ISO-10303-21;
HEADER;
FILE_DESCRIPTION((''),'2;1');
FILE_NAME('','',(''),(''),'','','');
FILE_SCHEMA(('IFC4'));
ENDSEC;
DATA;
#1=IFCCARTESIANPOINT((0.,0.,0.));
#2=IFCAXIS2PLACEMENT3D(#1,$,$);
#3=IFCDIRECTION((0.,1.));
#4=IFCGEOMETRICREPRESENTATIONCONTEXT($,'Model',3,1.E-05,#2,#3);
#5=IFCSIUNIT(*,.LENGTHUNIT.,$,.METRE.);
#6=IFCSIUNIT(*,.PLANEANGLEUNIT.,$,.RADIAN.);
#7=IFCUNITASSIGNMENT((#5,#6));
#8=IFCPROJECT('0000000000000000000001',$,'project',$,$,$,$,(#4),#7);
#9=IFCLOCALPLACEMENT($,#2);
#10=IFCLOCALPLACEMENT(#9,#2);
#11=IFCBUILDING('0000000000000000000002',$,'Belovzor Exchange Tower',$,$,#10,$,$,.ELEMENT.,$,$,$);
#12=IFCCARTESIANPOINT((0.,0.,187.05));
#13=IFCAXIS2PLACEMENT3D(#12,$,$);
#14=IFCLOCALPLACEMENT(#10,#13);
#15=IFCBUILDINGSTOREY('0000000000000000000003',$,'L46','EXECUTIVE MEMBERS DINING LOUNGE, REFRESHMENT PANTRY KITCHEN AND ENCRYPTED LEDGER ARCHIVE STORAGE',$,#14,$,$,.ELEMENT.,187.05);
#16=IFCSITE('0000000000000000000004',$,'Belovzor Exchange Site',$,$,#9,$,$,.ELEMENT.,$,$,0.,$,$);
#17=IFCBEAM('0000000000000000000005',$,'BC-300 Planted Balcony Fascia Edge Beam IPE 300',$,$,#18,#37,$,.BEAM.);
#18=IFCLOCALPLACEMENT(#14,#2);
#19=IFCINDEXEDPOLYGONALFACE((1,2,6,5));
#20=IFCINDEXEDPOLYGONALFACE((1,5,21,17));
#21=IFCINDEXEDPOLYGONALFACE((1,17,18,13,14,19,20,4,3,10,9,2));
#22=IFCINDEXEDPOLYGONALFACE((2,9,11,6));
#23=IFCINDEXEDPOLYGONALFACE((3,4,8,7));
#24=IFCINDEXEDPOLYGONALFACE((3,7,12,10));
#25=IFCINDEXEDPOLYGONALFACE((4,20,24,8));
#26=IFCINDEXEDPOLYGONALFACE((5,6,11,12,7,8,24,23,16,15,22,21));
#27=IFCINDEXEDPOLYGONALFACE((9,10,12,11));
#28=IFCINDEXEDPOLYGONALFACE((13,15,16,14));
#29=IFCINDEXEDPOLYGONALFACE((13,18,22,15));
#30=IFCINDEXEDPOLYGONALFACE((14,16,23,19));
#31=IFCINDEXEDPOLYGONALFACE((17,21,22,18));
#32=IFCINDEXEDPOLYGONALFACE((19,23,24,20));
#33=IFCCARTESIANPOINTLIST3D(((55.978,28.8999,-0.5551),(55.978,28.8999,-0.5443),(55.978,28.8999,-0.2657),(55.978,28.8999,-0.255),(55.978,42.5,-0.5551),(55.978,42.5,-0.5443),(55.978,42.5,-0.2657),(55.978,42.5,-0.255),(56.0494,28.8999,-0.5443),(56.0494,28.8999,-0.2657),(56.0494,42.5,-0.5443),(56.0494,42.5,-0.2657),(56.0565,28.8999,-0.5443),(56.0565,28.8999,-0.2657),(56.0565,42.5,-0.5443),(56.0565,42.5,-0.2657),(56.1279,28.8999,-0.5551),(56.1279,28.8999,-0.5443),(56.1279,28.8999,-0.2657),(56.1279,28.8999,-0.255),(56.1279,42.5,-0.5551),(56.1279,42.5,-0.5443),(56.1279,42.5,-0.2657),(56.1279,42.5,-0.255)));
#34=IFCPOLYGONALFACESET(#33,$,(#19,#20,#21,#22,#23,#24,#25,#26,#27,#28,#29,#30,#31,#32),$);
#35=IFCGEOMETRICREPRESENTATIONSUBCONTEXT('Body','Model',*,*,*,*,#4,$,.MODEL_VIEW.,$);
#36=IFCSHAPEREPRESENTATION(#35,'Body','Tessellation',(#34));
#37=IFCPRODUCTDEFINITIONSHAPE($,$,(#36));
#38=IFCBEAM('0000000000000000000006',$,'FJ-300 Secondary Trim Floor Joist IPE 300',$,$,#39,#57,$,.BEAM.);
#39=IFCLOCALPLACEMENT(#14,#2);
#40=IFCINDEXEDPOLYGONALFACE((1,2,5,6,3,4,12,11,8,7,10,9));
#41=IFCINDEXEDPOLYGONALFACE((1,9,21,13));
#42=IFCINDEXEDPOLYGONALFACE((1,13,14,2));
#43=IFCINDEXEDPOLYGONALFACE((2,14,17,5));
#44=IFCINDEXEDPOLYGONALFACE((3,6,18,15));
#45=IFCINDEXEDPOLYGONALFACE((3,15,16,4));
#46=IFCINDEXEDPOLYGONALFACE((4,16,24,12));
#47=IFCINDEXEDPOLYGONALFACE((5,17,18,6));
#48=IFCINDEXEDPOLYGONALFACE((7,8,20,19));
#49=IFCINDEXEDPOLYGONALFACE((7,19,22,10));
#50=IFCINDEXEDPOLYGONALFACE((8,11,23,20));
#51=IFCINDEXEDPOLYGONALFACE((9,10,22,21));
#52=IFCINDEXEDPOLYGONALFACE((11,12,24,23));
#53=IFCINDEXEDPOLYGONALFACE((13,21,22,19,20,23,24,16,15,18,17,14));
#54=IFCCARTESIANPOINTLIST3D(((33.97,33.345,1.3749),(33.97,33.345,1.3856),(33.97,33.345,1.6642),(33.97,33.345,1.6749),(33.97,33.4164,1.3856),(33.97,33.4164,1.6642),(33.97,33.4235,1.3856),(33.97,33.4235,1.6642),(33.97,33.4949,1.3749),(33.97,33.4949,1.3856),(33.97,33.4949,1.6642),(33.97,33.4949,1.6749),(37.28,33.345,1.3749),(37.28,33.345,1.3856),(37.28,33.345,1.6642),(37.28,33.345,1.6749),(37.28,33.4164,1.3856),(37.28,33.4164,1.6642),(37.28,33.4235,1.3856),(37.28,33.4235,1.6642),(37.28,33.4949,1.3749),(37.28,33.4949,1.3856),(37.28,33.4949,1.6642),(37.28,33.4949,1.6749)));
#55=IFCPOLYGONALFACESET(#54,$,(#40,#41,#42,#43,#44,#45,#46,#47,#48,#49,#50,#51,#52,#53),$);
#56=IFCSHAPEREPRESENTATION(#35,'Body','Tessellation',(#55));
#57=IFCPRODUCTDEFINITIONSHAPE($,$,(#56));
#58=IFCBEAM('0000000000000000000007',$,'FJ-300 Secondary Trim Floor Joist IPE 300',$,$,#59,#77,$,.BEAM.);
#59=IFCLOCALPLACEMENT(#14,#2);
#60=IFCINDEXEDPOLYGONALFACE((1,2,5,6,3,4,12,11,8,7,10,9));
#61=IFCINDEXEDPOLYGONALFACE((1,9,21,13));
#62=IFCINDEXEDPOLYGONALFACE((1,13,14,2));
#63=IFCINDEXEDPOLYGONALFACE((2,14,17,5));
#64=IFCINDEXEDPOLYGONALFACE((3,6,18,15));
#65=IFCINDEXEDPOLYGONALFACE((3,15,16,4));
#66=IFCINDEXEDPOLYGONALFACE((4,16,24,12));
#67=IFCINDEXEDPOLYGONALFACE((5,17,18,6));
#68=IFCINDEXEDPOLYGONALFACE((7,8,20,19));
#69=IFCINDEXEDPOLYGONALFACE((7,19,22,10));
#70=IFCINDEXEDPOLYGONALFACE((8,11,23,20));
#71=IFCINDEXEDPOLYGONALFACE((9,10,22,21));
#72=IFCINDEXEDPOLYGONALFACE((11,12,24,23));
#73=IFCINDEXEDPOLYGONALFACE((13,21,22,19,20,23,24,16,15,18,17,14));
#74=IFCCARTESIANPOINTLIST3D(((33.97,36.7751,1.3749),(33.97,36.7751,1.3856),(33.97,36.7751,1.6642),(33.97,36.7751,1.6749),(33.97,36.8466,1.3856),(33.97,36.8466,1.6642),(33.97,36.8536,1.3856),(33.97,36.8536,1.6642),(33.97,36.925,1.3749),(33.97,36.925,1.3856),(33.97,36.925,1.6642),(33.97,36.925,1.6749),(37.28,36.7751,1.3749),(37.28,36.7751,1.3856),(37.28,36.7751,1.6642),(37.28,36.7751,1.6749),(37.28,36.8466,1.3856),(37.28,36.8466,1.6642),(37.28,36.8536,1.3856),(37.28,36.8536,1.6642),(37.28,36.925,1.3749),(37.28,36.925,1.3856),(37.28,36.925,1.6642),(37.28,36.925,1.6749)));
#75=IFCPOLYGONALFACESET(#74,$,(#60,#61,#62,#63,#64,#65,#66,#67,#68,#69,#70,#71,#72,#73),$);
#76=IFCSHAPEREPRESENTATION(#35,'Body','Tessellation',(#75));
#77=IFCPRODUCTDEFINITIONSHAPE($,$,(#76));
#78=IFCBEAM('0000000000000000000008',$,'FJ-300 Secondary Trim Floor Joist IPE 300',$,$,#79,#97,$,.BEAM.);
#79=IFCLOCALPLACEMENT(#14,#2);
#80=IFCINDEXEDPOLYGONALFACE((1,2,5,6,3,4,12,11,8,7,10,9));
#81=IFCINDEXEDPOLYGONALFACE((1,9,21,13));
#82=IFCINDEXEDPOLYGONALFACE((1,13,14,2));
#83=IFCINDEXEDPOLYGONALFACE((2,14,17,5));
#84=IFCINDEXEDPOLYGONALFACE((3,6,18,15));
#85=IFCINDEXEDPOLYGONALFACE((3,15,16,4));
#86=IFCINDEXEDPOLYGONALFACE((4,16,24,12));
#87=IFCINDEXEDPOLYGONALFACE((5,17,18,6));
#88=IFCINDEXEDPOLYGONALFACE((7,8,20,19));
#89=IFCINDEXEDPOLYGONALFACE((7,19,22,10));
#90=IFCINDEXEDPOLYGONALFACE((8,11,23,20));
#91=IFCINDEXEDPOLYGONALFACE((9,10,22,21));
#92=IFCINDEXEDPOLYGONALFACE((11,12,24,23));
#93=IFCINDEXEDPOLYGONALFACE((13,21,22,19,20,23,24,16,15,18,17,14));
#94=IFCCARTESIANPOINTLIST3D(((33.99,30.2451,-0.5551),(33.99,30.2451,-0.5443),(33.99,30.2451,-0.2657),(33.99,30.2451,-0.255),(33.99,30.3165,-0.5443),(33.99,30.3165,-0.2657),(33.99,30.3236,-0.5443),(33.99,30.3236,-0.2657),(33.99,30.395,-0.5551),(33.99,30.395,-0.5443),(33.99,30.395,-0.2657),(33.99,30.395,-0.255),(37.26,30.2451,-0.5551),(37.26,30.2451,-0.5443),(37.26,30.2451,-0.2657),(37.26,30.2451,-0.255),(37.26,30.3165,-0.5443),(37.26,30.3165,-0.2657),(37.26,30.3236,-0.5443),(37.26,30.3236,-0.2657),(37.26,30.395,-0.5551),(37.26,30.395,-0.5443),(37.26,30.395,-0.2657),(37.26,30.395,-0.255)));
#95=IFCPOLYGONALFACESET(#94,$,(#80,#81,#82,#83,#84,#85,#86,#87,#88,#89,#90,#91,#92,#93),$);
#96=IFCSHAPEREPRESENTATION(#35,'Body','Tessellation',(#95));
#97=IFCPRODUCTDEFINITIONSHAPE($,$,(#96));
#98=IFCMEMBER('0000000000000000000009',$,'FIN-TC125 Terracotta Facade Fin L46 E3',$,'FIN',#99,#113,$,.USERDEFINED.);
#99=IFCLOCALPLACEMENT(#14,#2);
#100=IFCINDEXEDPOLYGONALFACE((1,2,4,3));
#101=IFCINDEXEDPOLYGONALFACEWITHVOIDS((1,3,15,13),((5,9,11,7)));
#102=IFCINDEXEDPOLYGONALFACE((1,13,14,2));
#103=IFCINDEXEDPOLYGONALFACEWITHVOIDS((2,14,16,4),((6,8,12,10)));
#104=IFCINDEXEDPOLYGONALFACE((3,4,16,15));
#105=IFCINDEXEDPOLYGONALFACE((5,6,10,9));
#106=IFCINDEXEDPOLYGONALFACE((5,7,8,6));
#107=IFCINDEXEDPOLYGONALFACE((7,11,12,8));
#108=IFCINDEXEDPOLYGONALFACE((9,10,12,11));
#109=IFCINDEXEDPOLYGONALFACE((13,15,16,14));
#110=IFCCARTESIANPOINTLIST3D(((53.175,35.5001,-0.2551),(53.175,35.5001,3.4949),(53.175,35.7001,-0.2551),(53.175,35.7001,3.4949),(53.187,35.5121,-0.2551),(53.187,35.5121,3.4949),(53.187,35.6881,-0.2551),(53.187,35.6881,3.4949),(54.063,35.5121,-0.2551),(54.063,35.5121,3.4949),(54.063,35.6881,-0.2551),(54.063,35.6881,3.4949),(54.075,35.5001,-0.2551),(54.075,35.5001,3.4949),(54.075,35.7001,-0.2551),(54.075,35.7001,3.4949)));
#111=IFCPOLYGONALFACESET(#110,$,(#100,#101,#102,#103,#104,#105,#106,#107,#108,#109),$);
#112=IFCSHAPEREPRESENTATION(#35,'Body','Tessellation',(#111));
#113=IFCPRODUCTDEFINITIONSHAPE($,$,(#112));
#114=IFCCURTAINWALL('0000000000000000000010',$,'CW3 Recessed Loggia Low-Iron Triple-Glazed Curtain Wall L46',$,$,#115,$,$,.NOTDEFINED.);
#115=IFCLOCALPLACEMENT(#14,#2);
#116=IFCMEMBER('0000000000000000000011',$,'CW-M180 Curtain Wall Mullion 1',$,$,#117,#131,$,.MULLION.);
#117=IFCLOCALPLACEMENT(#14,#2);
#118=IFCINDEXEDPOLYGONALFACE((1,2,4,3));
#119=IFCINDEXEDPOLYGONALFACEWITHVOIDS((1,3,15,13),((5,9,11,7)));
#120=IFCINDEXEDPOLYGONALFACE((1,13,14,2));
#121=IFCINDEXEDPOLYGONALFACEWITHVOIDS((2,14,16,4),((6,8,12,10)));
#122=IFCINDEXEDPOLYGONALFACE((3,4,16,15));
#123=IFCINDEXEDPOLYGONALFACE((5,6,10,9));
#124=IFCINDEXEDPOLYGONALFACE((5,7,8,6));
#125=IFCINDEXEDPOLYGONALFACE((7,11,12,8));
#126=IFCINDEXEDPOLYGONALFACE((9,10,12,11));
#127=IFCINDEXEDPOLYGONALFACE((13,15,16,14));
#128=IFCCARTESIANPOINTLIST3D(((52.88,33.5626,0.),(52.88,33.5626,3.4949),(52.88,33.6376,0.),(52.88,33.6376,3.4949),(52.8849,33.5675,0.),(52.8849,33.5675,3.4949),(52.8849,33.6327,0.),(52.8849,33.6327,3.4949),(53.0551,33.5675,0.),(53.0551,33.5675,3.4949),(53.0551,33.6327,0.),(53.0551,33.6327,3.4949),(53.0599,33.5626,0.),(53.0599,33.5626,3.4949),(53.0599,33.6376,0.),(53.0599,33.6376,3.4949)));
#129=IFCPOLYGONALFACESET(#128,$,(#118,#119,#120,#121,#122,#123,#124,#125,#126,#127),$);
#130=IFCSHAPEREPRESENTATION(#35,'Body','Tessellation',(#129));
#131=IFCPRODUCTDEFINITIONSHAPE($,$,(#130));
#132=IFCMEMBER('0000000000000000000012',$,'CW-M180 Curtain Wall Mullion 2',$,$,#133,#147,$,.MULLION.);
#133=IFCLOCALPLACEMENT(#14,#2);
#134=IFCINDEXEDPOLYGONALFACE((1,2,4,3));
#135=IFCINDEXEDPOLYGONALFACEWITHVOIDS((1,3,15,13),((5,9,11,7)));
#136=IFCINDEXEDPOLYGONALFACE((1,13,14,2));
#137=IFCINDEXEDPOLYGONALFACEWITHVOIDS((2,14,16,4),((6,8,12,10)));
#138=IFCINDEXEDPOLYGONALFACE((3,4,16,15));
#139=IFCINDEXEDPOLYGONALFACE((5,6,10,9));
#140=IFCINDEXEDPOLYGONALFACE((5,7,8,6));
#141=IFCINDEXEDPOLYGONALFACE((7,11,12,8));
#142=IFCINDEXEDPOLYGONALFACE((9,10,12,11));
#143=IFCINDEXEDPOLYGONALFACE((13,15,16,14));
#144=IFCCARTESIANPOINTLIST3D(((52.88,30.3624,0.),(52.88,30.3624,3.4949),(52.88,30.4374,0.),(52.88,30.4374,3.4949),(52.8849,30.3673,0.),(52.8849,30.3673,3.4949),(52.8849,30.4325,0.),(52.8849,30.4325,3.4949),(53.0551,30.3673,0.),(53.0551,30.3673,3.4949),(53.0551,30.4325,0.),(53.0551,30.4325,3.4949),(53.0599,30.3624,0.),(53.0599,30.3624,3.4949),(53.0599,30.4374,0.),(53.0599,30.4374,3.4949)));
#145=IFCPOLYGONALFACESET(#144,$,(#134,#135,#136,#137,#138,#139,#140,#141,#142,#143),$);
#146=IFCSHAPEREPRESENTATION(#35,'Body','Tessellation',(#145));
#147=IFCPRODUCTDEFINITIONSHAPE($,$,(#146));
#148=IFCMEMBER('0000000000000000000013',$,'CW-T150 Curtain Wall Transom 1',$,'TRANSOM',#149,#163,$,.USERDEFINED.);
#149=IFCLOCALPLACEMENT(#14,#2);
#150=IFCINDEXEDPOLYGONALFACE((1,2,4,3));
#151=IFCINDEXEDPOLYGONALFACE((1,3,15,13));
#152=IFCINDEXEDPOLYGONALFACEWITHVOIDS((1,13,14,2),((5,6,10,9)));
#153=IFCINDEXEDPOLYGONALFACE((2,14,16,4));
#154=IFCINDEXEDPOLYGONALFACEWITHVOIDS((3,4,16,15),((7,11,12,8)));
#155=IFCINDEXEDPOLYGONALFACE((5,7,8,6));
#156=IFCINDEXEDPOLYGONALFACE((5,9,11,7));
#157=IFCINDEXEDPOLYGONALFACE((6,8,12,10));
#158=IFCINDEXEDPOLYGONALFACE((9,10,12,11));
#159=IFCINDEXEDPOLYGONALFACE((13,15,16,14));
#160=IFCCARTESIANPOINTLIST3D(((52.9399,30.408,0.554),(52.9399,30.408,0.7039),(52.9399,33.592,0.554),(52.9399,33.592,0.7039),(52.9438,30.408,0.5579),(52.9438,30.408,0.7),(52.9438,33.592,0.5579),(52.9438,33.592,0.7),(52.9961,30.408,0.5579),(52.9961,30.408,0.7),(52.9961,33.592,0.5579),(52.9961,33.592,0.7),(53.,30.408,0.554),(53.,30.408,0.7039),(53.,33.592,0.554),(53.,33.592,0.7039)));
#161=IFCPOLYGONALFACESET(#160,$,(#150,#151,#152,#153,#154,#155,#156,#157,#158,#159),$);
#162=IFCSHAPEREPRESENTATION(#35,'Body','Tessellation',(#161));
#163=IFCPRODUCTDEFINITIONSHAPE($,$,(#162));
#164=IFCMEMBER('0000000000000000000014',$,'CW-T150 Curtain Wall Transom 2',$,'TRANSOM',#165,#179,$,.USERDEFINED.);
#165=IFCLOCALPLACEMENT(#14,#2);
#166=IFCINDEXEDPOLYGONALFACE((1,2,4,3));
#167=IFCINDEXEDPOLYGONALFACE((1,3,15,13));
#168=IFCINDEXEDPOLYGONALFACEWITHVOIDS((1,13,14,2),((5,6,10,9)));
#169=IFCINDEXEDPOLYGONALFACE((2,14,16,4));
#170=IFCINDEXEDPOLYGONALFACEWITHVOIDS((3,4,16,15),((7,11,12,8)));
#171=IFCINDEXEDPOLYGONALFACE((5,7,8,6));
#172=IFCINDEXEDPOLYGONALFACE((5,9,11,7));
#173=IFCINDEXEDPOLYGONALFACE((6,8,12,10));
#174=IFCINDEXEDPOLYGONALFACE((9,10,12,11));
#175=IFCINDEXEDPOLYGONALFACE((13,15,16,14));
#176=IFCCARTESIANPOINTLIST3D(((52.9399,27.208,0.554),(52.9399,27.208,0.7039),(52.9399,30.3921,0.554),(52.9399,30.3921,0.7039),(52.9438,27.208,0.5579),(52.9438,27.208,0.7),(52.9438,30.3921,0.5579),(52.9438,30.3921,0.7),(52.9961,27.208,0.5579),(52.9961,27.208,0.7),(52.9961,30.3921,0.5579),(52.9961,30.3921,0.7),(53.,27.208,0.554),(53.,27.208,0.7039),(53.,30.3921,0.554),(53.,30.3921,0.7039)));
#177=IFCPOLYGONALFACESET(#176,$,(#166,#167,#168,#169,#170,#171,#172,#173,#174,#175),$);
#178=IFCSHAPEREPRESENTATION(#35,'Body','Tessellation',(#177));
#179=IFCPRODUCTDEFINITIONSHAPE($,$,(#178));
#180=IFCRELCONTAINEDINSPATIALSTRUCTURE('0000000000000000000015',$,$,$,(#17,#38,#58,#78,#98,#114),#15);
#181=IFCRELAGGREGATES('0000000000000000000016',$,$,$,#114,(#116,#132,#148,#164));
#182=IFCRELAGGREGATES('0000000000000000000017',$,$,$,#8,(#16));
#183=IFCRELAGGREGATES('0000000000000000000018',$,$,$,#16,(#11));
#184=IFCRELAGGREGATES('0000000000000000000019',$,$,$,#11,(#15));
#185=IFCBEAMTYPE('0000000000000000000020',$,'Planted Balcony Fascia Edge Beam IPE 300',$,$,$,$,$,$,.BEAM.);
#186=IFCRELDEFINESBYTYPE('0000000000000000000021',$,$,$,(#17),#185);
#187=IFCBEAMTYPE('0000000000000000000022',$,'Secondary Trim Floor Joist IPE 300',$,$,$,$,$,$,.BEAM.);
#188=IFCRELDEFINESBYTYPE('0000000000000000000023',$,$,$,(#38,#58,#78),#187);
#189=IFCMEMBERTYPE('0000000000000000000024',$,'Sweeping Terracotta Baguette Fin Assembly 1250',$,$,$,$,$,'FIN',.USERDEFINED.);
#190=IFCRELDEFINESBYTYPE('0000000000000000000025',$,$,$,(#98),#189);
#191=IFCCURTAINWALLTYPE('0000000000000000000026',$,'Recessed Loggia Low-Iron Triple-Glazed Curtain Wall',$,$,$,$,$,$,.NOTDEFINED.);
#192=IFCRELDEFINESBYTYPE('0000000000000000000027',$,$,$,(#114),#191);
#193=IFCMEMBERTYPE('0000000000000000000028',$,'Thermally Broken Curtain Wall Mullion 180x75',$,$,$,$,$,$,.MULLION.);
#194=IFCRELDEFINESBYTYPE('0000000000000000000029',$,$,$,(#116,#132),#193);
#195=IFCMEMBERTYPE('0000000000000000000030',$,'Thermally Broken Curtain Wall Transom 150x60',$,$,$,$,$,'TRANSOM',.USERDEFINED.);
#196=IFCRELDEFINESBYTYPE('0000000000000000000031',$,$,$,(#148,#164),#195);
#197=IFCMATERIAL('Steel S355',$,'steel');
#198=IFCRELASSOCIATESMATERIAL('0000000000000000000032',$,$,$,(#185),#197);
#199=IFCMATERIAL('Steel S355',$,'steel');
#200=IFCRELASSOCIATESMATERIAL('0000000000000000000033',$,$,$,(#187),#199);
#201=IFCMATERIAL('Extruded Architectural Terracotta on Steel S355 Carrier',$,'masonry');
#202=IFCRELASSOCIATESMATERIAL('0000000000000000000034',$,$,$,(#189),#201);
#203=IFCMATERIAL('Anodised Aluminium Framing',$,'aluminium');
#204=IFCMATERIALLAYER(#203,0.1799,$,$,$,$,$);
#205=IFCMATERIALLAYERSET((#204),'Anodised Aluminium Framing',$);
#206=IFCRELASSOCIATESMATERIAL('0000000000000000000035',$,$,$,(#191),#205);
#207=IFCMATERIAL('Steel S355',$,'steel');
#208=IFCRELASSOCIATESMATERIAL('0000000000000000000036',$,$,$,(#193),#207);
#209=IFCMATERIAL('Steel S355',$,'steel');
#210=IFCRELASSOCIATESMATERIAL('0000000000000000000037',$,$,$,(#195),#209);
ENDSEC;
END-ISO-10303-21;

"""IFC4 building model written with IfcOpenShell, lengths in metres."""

from ifc_helpers import new_model, si_unit, direction, frame, origin, origin_2d, place, context, subcontext, project, spatial, hollow_rectangle, i_section, extrude, material, layer, layer_set, material_profile, profile_set, type_object, element, aggregate, save


model = new_model("IFC4")

# Units and contexts
model_context = context("Model", 3, precision=1e-05, world=origin(), true_north=direction((0.0, 1.0)))
body_context = subcontext(model_context, "Body", "Model", "MODEL_VIEW")
ifc_project = project(units=[si_unit("LENGTHUNIT", "METRE"), si_unit("PLANEANGLEUNIT", "RADIAN")], contexts=[model_context])

# Site, building, storey
site_placement = place(None, origin())
site = spatial("IfcSite", under=ifc_project, at=site_placement, Name="Belovzor Exchange Site", CompositionType="ELEMENT", RefElevation=0.0)
building_placement = place(site_placement, origin())
building = spatial("IfcBuilding", under=site, at=building_placement, Name="Belovzor Exchange Tower", CompositionType="ELEMENT")
storey_placement = place(building_placement, frame((0.0, 0.0, 187.05)))
storey = spatial("IfcBuildingStorey", under=building, at=storey_placement, Name="L46", Description="EXECUTIVE MEMBERS DINING LOUNGE, REFRESHMENT PANTRY KITCHEN AND ENCRYPTED LEDGER ARCHIVE STORAGE", CompositionType="ELEMENT", Elevation=187.05)

# Beams
ifc_material_1 = material(Name="Steel S355", Category="steel")
ifc_material_profile_1 = material_profile(ifc_material_1, i_section(OverallWidth=0.1499, OverallDepth=0.3, WebThickness=0.0071, FlangeThickness=0.0107, at=origin_2d()))
ifc_profile_set_1 = profile_set([ifc_material_profile_1], Name="Steel S355")
beam_type_1 = type_object("IfcBeamType", Name="Planted Balcony Fascia Edge Beam IPE 300", PredefinedType="BEAM", material=ifc_profile_set_1)
beam_1_placement = place(storey_placement, frame((56.053, 28.8999, -0.405), z_axis=(0.0, 1.0, 0.0), x_axis=(-1.0, 0.0, 0.0)))
element("IfcBeam", 1, at=beam_1_placement, inside=storey, type_object=beam_type_1, Name="BC-300 Planted Balcony Fascia Edge Beam IPE 300", PredefinedType="BEAM", context=body_context, shape_type="SweptSolid", body=[
    extrude(i_section(OverallWidth=0.1499, OverallDepth=0.3, WebThickness=0.0071, FlangeThickness=0.0107, at=origin_2d()), origin(), (0.0, 0.0, 1.0), 13.6001),
])
ifc_material_2 = material(Name="Steel S355", Category="steel")
ifc_material_profile_2 = material_profile(ifc_material_2, i_section(OverallWidth=0.1499, OverallDepth=0.3, WebThickness=0.0071, FlangeThickness=0.0107, at=origin_2d()))
ifc_profile_set_2 = profile_set([ifc_material_profile_2], Name="Steel S355")
beam_type_2 = type_object("IfcBeamType", Name="Secondary Trim Floor Joist IPE 300", PredefinedType="BEAM", material=ifc_profile_set_2)
for number, where, z_axis, x_axis, name in (
    (2, (37.28, 33.4199, 1.5249), (-1.0, 0.0, 0.0), (0.0, -1.0, 0.0), "FJ-300 Secondary Trim Floor Joist IPE 300"),
    (3, (37.28, 36.8501, 1.5249), (-1.0, 0.0, 0.0), (0.0, -1.0, 0.0), "FJ-300 Secondary Trim Floor Joist IPE 300"),
):
    element("IfcBeam", number, at=place(storey_placement, frame(where, z_axis=z_axis, x_axis=x_axis)), inside=storey, type_object=beam_type_2, Name=name, PredefinedType="BEAM", context=body_context, shape_type="SweptSolid", body=[
        extrude(i_section(OverallWidth=0.1499, OverallDepth=0.3, WebThickness=0.0071, FlangeThickness=0.0107, at=origin_2d()), origin(), (0.0, 0.0, 1.0), 3.3101),
    ])
beam_2_placement = place(storey_placement, frame((37.26, 30.3201, -0.405), z_axis=(-1.0, 0.0, 0.0), x_axis=(0.0, -1.0, 0.0)))
element("IfcBeam", 4, at=beam_2_placement, inside=storey, type_object=beam_type_2, Name="FJ-300 Secondary Trim Floor Joist IPE 300", PredefinedType="BEAM", context=body_context, shape_type="SweptSolid", body=[
    extrude(i_section(OverallWidth=0.1499, OverallDepth=0.3, WebThickness=0.0071, FlangeThickness=0.0107, at=origin_2d()), origin(), (0.0, 0.0, 1.0), 3.27),
])

# Member
ifc_material_3 = material(Name="Extruded Architectural Terracotta on Steel S355 Carrier", Category="masonry")
ifc_material_profile_3 = material_profile(ifc_material_3, hollow_rectangle(XDim=0.2, YDim=0.8999, WallThickness=0.012, at=origin_2d()))
ifc_profile_set_3 = profile_set([ifc_material_profile_3], Name="Extruded Architectural Terracotta on Steel S355 Carrier")
member_type_1 = type_object("IfcMemberType", Name="Sweeping Terracotta Baguette Fin Assembly 1250", ElementType="FIN", PredefinedType="USERDEFINED", material=ifc_profile_set_3)
member_1_placement = place(storey_placement, frame((53.625, 35.6001, -0.2551), z_axis=(0.0, 0.0, 1.0), x_axis=(0.0, 1.0, 0.0)))
element("IfcMember", 5, at=member_1_placement, inside=storey, type_object=member_type_1, Name="FIN-TC125 Terracotta Facade Fin L46 E3", ObjectType="FIN", PredefinedType="USERDEFINED", context=body_context, shape_type="SweptSolid", body=[
    extrude(hollow_rectangle(XDim=0.2, YDim=0.8999, WallThickness=0.012, at=origin_2d()), origin(), (0.0, 0.0, 1.0), 3.75),
])

# Curtain wall, members
ifc_material_4 = material(Name="Anodised Aluminium Framing", Category="aluminium")
ifc_layer_1 = layer(ifc_material_4, 0.1799)
ifc_layer_set_1 = layer_set([ifc_layer_1], Name="Anodised Aluminium Framing")
curtain_wall_type = type_object("IfcCurtainWallType", Name="Recessed Loggia Low-Iron Triple-Glazed Curtain Wall", PredefinedType="NOTDEFINED", material=ifc_layer_set_1)
curtain_wall_placement = place(storey_placement, origin())
curtain_wall = element("IfcCurtainWall", 6, at=curtain_wall_placement, inside=storey, type_object=curtain_wall_type, Name="CW3 Recessed Loggia Low-Iron Triple-Glazed Curtain Wall L46", PredefinedType="NOTDEFINED")
ifc_material_5 = material(Name="Steel S355", Category="steel")
ifc_material_profile_4 = material_profile(ifc_material_5, hollow_rectangle(XDim=0.075, YDim=0.1799, WallThickness=0.0049, at=origin_2d()))
ifc_profile_set_4 = profile_set([ifc_material_profile_4], Name="Steel S355")
member_type_2 = type_object("IfcMemberType", Name="Thermally Broken Curtain Wall Mullion 180x75", PredefinedType="MULLION", material=ifc_profile_set_4)
member_2_placement = place(storey_placement, frame((52.97, 33.6001, 0.0), z_axis=(0.0, 0.0, 1.0), x_axis=(0.0, -1.0, 0.0)))
member_2 = element("IfcMember", 7, at=member_2_placement, type_object=member_type_2, Name="CW-M180 Curtain Wall Mullion 1", PredefinedType="MULLION", context=body_context, shape_type="SweptSolid", body=[
    extrude(hollow_rectangle(XDim=0.075, YDim=0.1799, WallThickness=0.0049, at=origin_2d()), origin(), (0.0, 0.0, 1.0), 3.4949),
])
member_3_placement = place(storey_placement, frame((52.97, 30.3999, 0.0), z_axis=(0.0, 0.0, 1.0), x_axis=(0.0, -1.0, 0.0)))
member_3 = element("IfcMember", 8, at=member_3_placement, type_object=member_type_2, Name="CW-M180 Curtain Wall Mullion 2", PredefinedType="MULLION", context=body_context, shape_type="SweptSolid", body=[
    extrude(hollow_rectangle(XDim=0.075, YDim=0.1799, WallThickness=0.0049, at=origin_2d()), origin(), (0.0, 0.0, 1.0), 3.4949),
])
ifc_material_6 = material(Name="Steel S355", Category="steel")
ifc_material_profile_5 = material_profile(ifc_material_6, hollow_rectangle(XDim=0.0601, YDim=0.1499, WallThickness=0.0039, at=origin_2d()))
ifc_profile_set_5 = profile_set([ifc_material_profile_5], Name="Steel S355")
member_type_3 = type_object("IfcMemberType", Name="Thermally Broken Curtain Wall Transom 150x60", ElementType="TRANSOM", PredefinedType="USERDEFINED", material=ifc_profile_set_5)
member_4_placement = place(storey_placement, frame((52.97, 33.592, 0.6289), z_axis=(0.0, -1.0, 0.0), x_axis=(1.0, 0.0, 0.0)))
member_4 = element("IfcMember", 9, at=member_4_placement, type_object=member_type_3, Name="CW-T150 Curtain Wall Transom 1", ObjectType="TRANSOM", PredefinedType="USERDEFINED", context=body_context, shape_type="SweptSolid", body=[
    extrude(hollow_rectangle(XDim=0.0601, YDim=0.1499, WallThickness=0.0039, at=origin_2d()), origin(), (0.0, 0.0, 1.0), 3.1841),
])
member_5_placement = place(storey_placement, frame((52.97, 30.3921, 0.6289), z_axis=(0.0, -1.0, 0.0), x_axis=(1.0, 0.0, 0.0)))
member_5 = element("IfcMember", 10, at=member_5_placement, type_object=member_type_3, Name="CW-T150 Curtain Wall Transom 2", ObjectType="TRANSOM", PredefinedType="USERDEFINED", context=body_context, shape_type="SweptSolid", body=[
    extrude(hollow_rectangle(XDim=0.0601, YDim=0.1499, WallThickness=0.0039, at=origin_2d()), origin(), (0.0, 0.0, 1.0), 3.1841),
])

aggregate(curtain_wall, [member_2, member_3, member_4, member_5])

save(model, "model.ifc")
